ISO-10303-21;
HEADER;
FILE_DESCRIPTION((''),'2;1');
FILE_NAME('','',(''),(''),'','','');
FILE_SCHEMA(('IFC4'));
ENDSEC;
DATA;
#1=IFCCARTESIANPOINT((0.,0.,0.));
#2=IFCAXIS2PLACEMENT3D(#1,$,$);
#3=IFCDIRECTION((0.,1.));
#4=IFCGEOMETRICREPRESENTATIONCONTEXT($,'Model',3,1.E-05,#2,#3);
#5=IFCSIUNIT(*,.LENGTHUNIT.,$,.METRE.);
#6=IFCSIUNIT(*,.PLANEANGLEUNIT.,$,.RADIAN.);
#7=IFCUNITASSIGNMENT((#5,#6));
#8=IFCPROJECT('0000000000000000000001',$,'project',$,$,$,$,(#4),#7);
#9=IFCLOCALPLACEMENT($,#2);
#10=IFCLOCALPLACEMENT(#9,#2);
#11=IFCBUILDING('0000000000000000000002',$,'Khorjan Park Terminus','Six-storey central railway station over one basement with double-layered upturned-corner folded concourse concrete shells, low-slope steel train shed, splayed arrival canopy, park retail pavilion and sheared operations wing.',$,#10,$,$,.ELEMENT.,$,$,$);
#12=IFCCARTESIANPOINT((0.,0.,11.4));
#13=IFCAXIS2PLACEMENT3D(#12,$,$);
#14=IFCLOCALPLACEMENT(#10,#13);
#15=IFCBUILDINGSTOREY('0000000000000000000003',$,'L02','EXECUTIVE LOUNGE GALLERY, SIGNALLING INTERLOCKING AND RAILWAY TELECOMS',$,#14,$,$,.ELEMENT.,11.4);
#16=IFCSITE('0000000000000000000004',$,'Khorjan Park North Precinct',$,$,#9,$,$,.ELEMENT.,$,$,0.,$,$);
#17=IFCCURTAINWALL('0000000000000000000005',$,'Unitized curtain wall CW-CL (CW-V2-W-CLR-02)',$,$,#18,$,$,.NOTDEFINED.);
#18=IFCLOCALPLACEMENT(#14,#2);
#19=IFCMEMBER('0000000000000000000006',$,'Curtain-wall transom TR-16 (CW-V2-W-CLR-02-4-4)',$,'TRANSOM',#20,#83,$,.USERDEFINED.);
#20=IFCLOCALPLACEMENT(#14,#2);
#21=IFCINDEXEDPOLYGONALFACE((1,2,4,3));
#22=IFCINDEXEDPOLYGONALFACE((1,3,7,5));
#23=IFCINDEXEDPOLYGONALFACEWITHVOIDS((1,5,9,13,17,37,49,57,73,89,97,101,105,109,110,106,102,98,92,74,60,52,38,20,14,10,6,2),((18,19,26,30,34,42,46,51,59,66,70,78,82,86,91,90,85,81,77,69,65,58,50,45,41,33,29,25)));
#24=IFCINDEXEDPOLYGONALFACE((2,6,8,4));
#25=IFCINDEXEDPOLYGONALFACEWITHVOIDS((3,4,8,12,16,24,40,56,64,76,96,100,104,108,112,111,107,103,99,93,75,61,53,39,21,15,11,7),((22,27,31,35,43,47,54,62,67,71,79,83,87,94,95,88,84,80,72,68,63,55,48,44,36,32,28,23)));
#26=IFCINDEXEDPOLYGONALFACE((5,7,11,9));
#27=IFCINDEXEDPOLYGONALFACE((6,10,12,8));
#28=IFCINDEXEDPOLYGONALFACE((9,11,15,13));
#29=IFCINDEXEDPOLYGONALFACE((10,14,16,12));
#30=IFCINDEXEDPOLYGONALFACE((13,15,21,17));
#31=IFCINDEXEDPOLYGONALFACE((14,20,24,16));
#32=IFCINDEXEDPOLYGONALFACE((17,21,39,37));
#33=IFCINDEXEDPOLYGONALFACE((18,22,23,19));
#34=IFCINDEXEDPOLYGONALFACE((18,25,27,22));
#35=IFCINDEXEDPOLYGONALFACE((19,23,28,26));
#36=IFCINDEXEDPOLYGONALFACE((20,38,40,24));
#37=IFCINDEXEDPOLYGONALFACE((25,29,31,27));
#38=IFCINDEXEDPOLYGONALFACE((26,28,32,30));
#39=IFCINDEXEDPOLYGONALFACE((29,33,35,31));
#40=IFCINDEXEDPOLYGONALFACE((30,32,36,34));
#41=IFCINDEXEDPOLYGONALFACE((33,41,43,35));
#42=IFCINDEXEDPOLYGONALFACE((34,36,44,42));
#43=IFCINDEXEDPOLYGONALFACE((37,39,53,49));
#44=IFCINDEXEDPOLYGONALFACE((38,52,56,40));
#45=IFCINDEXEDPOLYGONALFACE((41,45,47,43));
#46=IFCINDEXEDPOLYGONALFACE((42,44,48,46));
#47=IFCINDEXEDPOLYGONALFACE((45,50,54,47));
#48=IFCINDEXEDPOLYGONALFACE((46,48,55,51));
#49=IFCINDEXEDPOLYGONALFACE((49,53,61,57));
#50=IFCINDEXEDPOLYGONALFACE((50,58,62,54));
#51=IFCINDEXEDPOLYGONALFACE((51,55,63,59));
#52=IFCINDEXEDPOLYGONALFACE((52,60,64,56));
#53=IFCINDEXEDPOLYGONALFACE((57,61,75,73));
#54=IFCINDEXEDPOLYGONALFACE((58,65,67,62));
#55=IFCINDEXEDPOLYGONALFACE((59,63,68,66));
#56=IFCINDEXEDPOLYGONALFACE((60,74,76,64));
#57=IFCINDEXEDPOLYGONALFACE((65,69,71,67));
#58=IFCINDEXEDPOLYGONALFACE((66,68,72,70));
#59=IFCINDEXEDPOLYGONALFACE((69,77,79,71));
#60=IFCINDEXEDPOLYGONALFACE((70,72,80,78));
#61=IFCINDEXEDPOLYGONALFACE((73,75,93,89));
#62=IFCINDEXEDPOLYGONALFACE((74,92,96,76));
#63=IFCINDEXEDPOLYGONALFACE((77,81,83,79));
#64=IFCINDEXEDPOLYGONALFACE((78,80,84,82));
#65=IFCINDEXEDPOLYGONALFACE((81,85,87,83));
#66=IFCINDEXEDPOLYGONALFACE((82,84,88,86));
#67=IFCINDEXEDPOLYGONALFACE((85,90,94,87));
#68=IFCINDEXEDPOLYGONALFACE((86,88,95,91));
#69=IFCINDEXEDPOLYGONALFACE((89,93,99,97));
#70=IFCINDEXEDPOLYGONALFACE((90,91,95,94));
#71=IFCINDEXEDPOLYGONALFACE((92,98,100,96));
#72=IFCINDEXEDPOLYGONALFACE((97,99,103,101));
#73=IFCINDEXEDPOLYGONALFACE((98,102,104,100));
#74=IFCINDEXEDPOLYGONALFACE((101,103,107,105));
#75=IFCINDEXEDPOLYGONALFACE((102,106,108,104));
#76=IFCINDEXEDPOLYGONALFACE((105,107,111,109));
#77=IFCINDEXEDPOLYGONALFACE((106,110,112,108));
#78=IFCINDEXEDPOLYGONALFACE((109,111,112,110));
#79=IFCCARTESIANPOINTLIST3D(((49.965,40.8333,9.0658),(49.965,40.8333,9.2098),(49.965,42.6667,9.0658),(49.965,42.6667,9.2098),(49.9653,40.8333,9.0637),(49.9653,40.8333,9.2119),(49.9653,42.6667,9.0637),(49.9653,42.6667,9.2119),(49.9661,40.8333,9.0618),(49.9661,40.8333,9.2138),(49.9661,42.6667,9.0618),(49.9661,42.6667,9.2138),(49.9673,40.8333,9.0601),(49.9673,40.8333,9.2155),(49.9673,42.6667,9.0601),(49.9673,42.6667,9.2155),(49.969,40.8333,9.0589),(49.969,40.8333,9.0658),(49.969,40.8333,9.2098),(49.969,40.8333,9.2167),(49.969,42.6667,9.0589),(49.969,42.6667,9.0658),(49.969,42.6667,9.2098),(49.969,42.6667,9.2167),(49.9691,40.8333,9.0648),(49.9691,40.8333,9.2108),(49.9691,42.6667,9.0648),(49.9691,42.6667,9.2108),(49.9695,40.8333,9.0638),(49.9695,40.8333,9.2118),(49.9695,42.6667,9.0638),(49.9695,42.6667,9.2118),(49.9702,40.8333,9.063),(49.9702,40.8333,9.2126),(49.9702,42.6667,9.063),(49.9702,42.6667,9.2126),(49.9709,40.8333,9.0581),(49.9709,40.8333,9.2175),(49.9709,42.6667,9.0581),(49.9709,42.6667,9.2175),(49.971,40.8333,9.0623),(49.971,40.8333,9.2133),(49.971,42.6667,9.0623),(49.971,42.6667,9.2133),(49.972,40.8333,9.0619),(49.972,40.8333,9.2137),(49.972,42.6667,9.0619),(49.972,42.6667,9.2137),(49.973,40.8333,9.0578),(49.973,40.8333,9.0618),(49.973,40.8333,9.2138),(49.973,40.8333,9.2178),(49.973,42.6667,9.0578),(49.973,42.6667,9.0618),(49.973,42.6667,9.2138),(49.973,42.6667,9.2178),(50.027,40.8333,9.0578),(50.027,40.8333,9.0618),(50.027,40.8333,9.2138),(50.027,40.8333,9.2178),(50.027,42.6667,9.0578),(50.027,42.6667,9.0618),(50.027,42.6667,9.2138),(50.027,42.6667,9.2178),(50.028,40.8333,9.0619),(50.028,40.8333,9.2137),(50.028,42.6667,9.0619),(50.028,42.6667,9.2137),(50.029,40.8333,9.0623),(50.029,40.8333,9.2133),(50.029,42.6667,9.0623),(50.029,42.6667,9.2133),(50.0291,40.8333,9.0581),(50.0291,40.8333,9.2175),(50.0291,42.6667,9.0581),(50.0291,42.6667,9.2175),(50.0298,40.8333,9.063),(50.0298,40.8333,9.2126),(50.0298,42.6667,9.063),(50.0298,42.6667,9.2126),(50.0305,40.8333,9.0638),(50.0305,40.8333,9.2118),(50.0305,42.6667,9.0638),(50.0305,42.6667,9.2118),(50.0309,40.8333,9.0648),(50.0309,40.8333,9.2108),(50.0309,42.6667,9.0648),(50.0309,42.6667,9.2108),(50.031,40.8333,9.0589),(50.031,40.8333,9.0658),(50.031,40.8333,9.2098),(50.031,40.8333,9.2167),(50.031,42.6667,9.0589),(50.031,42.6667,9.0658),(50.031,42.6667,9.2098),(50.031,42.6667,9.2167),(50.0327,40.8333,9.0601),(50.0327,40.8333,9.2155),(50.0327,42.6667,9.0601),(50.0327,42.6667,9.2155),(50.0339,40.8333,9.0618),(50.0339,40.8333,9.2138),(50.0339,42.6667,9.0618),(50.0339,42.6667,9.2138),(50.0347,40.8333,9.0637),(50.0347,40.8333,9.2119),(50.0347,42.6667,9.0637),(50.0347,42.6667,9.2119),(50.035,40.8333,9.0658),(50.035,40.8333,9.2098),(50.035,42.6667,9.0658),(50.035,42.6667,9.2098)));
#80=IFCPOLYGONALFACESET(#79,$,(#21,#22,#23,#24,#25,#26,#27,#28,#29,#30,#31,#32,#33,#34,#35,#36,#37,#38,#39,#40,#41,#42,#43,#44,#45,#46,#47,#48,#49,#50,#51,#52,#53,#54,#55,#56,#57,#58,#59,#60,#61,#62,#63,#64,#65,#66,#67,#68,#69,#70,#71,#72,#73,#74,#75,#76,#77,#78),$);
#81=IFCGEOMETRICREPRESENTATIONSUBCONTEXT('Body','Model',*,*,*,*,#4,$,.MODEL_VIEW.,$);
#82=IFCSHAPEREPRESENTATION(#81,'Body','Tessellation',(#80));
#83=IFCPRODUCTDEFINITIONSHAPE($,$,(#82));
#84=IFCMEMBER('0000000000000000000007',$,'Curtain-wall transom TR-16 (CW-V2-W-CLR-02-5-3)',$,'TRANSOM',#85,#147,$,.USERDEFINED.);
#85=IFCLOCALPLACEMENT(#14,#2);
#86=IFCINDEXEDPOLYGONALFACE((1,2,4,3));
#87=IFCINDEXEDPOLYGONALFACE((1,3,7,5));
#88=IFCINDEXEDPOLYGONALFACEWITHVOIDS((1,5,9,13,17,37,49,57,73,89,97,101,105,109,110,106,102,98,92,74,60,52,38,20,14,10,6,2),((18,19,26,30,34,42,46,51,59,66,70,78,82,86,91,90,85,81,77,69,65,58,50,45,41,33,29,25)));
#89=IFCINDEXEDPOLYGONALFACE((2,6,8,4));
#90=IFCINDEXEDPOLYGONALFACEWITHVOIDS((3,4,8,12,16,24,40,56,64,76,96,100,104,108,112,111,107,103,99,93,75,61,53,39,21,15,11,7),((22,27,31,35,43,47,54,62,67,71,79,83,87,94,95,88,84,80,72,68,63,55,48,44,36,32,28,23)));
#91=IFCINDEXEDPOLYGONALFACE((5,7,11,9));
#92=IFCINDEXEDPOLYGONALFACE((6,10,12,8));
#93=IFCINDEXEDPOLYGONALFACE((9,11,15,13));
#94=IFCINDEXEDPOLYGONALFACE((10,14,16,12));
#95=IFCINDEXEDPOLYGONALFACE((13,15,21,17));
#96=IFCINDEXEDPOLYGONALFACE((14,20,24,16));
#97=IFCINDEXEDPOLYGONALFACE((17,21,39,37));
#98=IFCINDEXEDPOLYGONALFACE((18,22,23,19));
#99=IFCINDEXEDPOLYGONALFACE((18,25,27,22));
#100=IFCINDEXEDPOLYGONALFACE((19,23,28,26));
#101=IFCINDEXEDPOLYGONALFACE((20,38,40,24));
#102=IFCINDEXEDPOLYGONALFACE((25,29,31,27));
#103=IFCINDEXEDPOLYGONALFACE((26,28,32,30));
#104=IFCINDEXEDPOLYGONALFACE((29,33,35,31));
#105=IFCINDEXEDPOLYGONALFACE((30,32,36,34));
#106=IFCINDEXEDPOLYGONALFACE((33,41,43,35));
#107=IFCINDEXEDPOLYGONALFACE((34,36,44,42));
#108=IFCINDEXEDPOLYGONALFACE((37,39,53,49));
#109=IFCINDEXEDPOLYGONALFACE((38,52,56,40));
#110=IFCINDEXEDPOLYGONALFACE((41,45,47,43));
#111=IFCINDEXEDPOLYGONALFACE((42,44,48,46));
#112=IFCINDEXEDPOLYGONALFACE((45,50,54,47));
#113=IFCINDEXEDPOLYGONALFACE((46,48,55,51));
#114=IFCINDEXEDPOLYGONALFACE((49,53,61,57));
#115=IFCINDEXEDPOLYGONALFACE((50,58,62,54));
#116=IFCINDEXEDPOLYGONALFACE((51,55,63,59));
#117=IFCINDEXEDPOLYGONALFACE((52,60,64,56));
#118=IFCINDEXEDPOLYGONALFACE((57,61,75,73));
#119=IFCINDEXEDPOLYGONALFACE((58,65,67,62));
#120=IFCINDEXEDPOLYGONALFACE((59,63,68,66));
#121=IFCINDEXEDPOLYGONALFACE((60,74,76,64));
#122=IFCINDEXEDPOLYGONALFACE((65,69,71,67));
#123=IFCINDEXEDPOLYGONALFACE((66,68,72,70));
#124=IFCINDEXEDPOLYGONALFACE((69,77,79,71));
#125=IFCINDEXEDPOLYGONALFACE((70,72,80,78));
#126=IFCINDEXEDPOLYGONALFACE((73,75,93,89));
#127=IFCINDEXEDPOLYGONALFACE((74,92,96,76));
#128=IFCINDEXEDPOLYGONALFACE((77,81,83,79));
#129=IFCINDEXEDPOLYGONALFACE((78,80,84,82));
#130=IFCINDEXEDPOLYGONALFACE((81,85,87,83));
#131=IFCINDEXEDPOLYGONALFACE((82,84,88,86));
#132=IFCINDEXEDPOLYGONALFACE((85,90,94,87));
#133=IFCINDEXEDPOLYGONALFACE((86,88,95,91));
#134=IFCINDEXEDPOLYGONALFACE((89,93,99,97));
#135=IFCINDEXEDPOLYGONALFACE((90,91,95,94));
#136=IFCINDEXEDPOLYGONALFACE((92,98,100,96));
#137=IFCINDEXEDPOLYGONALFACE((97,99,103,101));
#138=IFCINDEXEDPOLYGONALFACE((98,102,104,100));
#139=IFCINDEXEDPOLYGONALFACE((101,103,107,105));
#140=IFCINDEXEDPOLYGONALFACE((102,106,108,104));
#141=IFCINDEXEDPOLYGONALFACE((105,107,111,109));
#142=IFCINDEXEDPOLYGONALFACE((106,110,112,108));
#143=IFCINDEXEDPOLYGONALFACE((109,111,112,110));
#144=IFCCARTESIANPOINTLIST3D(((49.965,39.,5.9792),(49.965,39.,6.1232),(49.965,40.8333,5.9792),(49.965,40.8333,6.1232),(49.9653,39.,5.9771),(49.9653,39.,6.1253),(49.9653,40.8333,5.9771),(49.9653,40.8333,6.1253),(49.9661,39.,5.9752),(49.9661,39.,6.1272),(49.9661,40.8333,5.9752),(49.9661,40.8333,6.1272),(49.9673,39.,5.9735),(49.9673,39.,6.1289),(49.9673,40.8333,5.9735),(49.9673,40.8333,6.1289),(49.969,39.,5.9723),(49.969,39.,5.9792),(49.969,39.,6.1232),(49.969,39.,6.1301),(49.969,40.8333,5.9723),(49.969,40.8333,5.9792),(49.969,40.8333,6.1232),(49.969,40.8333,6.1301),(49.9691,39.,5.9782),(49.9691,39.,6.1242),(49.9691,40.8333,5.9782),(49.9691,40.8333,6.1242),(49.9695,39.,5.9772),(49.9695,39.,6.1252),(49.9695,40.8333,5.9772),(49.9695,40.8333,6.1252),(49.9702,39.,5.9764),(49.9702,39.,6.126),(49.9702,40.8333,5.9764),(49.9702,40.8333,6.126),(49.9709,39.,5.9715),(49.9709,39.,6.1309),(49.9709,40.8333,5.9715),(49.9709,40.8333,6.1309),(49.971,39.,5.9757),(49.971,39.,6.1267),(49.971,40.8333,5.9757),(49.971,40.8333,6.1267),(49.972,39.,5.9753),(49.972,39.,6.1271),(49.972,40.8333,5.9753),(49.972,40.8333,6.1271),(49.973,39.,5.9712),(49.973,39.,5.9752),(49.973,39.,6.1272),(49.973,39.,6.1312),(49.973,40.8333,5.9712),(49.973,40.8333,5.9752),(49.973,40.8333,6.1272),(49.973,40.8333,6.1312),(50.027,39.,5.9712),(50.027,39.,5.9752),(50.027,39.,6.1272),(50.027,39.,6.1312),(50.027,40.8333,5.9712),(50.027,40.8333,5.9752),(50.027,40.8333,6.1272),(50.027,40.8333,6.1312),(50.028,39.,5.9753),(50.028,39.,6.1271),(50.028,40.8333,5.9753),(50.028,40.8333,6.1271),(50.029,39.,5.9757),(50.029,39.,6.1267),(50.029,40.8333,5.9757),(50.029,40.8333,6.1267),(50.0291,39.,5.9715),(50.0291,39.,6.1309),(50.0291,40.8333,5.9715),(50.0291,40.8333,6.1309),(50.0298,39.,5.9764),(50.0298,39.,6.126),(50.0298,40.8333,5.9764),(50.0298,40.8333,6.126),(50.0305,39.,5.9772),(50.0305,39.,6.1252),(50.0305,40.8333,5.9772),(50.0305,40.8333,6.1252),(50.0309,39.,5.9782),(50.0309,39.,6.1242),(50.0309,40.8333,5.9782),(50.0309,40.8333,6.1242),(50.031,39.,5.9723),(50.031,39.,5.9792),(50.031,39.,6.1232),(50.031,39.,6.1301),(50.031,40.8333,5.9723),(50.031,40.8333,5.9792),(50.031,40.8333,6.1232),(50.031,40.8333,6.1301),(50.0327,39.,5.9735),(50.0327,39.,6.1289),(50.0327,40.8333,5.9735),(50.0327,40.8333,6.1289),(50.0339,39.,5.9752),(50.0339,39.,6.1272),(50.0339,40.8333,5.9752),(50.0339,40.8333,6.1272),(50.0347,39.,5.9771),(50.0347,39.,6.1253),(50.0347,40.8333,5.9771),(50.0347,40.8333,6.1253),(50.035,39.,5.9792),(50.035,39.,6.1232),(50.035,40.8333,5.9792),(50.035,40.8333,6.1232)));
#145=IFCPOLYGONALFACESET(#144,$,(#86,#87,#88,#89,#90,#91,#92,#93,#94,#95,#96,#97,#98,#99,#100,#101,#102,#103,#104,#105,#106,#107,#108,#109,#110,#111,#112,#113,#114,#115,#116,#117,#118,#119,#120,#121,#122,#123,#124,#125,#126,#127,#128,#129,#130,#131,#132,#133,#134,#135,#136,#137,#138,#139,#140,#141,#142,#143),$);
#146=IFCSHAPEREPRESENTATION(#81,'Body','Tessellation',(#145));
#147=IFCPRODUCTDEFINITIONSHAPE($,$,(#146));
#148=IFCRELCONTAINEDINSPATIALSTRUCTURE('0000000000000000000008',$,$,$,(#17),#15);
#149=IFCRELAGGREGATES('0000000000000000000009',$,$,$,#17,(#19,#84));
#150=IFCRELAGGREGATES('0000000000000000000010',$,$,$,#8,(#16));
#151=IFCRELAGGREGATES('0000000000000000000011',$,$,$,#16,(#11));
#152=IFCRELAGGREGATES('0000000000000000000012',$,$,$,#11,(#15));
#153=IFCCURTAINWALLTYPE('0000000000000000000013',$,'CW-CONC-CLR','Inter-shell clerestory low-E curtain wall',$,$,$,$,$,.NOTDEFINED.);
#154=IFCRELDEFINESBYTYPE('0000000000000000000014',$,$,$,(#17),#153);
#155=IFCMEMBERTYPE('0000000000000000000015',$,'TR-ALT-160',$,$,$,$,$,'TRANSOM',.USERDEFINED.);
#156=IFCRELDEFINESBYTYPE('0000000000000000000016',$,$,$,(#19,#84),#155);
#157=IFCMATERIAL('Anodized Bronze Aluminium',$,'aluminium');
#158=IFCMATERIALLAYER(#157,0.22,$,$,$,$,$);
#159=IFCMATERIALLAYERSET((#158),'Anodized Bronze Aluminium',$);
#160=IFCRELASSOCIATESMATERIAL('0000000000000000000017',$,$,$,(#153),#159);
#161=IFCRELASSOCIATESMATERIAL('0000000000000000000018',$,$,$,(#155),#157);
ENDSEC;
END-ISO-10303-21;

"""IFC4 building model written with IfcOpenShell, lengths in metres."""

from ifc_helpers import new_model, si_unit, direction, frame, origin, origin_2d, place, context, subcontext, project, spatial, hollow_rectangle, extrude, material, layer, layer_set, material_profile, profile_set, type_object, element, aggregate, save


model = new_model("IFC4")

# Units and contexts
model_context = context("Model", 3, precision=1e-05, world=origin(), true_north=direction((0.0, 1.0)))
body_context = subcontext(model_context, "Body", "Model", "MODEL_VIEW")
ifc_project = project(units=[si_unit("LENGTHUNIT", "METRE"), si_unit("PLANEANGLEUNIT", "RADIAN")], contexts=[model_context])

# Site, building, storey
site_placement = place(None, origin())
site = spatial("IfcSite", under=ifc_project, at=site_placement, Name="Khorjan Park North Precinct", CompositionType="ELEMENT", RefElevation=0.0)
building_placement = place(site_placement, origin())
building = spatial("IfcBuilding", under=site, at=building_placement, Name="Khorjan Park Terminus", Description="Six-storey central railway station over one basement with double-layered upturned-corner folded concourse concrete shells, low-slope steel train shed, splayed arrival canopy, park retail pavilion and sheared operations wing.", CompositionType="ELEMENT")
storey_placement = place(building_placement, frame((0.0, 0.0, 11.4)))
storey = spatial("IfcBuildingStorey", under=building, at=storey_placement, Name="L02", Description="EXECUTIVE LOUNGE GALLERY, SIGNALLING INTERLOCKING AND RAILWAY TELECOMS", CompositionType="ELEMENT", Elevation=11.4)

# Curtain wall, members
ifc_material_1 = material(Name="Anodized Bronze Aluminium", Category="aluminium")
ifc_layer_1 = layer(ifc_material_1, 0.22)
ifc_layer_set_1 = layer_set([ifc_layer_1], Name="Anodized Bronze Aluminium")
curtain_wall_type = type_object("IfcCurtainWallType", Name="CW-CONC-CLR", Description="Inter-shell clerestory low-E curtain wall", PredefinedType="NOTDEFINED", material=ifc_layer_set_1)
ifc_material_profile_1 = material_profile(ifc_material_1, hollow_rectangle(XDim=0.07, YDim=0.16, WallThickness=0.004, InnerFilletRadius=0.004, OuterFilletRadius=0.008, at=origin_2d()), Name="ALT 70x160x4")
ifc_profile_set_1 = profile_set([ifc_material_profile_1], Name="Anodized Bronze Aluminium")
member_type_1 = type_object("IfcMemberType", Name="TR-ALT-160", ElementType="TRANSOM", PredefinedType="USERDEFINED", material=ifc_profile_set_1)
curtain_wall_1_placement = place(storey_placement, origin())
curtain_wall_1 = element("IfcCurtainWall", 1, at=curtain_wall_1_placement, inside=storey, type_object=curtain_wall_type, Name="Unitized curtain wall CW-CL (CW-V2-W-CLR-02)", PredefinedType="NOTDEFINED")
member_1_placement = place(storey_placement, frame((50.0, 42.6667, 9.1378), z_axis=(0.0, -1.0, 0.0), x_axis=(1.0, 0.0, 0.0)))
member_1 = element("IfcMember", 2, at=member_1_placement, type_object=member_type_1, Name="Curtain-wall transom TR-16 (CW-V2-W-CLR-02-4-4)", ObjectType="TRANSOM", PredefinedType="USERDEFINED", context=body_context, shape_type="SweptSolid", body=[
    extrude(hollow_rectangle(XDim=0.07, YDim=0.16, WallThickness=0.004, InnerFilletRadius=0.004, OuterFilletRadius=0.008, at=origin_2d()), origin(), (0.0, 0.0, 1.0), 1.8334),
])
member_2_placement = place(storey_placement, frame((50.0, 40.8333, 6.0512), z_axis=(0.0, -1.0, 0.0), x_axis=(1.0, 0.0, 0.0)))
member_2 = element("IfcMember", 3, at=member_2_placement, type_object=member_type_1, Name="Curtain-wall transom TR-16 (CW-V2-W-CLR-02-5-3)", ObjectType="TRANSOM", PredefinedType="USERDEFINED", context=body_context, shape_type="SweptSolid", body=[
    extrude(hollow_rectangle(XDim=0.07, YDim=0.16, WallThickness=0.004, InnerFilletRadius=0.004, OuterFilletRadius=0.008, at=origin_2d()), origin(), (0.0, 0.0, 1.0), 1.8333),
])

aggregate(curtain_wall_1, [member_1, member_2])

save(model, "model.ifc")
